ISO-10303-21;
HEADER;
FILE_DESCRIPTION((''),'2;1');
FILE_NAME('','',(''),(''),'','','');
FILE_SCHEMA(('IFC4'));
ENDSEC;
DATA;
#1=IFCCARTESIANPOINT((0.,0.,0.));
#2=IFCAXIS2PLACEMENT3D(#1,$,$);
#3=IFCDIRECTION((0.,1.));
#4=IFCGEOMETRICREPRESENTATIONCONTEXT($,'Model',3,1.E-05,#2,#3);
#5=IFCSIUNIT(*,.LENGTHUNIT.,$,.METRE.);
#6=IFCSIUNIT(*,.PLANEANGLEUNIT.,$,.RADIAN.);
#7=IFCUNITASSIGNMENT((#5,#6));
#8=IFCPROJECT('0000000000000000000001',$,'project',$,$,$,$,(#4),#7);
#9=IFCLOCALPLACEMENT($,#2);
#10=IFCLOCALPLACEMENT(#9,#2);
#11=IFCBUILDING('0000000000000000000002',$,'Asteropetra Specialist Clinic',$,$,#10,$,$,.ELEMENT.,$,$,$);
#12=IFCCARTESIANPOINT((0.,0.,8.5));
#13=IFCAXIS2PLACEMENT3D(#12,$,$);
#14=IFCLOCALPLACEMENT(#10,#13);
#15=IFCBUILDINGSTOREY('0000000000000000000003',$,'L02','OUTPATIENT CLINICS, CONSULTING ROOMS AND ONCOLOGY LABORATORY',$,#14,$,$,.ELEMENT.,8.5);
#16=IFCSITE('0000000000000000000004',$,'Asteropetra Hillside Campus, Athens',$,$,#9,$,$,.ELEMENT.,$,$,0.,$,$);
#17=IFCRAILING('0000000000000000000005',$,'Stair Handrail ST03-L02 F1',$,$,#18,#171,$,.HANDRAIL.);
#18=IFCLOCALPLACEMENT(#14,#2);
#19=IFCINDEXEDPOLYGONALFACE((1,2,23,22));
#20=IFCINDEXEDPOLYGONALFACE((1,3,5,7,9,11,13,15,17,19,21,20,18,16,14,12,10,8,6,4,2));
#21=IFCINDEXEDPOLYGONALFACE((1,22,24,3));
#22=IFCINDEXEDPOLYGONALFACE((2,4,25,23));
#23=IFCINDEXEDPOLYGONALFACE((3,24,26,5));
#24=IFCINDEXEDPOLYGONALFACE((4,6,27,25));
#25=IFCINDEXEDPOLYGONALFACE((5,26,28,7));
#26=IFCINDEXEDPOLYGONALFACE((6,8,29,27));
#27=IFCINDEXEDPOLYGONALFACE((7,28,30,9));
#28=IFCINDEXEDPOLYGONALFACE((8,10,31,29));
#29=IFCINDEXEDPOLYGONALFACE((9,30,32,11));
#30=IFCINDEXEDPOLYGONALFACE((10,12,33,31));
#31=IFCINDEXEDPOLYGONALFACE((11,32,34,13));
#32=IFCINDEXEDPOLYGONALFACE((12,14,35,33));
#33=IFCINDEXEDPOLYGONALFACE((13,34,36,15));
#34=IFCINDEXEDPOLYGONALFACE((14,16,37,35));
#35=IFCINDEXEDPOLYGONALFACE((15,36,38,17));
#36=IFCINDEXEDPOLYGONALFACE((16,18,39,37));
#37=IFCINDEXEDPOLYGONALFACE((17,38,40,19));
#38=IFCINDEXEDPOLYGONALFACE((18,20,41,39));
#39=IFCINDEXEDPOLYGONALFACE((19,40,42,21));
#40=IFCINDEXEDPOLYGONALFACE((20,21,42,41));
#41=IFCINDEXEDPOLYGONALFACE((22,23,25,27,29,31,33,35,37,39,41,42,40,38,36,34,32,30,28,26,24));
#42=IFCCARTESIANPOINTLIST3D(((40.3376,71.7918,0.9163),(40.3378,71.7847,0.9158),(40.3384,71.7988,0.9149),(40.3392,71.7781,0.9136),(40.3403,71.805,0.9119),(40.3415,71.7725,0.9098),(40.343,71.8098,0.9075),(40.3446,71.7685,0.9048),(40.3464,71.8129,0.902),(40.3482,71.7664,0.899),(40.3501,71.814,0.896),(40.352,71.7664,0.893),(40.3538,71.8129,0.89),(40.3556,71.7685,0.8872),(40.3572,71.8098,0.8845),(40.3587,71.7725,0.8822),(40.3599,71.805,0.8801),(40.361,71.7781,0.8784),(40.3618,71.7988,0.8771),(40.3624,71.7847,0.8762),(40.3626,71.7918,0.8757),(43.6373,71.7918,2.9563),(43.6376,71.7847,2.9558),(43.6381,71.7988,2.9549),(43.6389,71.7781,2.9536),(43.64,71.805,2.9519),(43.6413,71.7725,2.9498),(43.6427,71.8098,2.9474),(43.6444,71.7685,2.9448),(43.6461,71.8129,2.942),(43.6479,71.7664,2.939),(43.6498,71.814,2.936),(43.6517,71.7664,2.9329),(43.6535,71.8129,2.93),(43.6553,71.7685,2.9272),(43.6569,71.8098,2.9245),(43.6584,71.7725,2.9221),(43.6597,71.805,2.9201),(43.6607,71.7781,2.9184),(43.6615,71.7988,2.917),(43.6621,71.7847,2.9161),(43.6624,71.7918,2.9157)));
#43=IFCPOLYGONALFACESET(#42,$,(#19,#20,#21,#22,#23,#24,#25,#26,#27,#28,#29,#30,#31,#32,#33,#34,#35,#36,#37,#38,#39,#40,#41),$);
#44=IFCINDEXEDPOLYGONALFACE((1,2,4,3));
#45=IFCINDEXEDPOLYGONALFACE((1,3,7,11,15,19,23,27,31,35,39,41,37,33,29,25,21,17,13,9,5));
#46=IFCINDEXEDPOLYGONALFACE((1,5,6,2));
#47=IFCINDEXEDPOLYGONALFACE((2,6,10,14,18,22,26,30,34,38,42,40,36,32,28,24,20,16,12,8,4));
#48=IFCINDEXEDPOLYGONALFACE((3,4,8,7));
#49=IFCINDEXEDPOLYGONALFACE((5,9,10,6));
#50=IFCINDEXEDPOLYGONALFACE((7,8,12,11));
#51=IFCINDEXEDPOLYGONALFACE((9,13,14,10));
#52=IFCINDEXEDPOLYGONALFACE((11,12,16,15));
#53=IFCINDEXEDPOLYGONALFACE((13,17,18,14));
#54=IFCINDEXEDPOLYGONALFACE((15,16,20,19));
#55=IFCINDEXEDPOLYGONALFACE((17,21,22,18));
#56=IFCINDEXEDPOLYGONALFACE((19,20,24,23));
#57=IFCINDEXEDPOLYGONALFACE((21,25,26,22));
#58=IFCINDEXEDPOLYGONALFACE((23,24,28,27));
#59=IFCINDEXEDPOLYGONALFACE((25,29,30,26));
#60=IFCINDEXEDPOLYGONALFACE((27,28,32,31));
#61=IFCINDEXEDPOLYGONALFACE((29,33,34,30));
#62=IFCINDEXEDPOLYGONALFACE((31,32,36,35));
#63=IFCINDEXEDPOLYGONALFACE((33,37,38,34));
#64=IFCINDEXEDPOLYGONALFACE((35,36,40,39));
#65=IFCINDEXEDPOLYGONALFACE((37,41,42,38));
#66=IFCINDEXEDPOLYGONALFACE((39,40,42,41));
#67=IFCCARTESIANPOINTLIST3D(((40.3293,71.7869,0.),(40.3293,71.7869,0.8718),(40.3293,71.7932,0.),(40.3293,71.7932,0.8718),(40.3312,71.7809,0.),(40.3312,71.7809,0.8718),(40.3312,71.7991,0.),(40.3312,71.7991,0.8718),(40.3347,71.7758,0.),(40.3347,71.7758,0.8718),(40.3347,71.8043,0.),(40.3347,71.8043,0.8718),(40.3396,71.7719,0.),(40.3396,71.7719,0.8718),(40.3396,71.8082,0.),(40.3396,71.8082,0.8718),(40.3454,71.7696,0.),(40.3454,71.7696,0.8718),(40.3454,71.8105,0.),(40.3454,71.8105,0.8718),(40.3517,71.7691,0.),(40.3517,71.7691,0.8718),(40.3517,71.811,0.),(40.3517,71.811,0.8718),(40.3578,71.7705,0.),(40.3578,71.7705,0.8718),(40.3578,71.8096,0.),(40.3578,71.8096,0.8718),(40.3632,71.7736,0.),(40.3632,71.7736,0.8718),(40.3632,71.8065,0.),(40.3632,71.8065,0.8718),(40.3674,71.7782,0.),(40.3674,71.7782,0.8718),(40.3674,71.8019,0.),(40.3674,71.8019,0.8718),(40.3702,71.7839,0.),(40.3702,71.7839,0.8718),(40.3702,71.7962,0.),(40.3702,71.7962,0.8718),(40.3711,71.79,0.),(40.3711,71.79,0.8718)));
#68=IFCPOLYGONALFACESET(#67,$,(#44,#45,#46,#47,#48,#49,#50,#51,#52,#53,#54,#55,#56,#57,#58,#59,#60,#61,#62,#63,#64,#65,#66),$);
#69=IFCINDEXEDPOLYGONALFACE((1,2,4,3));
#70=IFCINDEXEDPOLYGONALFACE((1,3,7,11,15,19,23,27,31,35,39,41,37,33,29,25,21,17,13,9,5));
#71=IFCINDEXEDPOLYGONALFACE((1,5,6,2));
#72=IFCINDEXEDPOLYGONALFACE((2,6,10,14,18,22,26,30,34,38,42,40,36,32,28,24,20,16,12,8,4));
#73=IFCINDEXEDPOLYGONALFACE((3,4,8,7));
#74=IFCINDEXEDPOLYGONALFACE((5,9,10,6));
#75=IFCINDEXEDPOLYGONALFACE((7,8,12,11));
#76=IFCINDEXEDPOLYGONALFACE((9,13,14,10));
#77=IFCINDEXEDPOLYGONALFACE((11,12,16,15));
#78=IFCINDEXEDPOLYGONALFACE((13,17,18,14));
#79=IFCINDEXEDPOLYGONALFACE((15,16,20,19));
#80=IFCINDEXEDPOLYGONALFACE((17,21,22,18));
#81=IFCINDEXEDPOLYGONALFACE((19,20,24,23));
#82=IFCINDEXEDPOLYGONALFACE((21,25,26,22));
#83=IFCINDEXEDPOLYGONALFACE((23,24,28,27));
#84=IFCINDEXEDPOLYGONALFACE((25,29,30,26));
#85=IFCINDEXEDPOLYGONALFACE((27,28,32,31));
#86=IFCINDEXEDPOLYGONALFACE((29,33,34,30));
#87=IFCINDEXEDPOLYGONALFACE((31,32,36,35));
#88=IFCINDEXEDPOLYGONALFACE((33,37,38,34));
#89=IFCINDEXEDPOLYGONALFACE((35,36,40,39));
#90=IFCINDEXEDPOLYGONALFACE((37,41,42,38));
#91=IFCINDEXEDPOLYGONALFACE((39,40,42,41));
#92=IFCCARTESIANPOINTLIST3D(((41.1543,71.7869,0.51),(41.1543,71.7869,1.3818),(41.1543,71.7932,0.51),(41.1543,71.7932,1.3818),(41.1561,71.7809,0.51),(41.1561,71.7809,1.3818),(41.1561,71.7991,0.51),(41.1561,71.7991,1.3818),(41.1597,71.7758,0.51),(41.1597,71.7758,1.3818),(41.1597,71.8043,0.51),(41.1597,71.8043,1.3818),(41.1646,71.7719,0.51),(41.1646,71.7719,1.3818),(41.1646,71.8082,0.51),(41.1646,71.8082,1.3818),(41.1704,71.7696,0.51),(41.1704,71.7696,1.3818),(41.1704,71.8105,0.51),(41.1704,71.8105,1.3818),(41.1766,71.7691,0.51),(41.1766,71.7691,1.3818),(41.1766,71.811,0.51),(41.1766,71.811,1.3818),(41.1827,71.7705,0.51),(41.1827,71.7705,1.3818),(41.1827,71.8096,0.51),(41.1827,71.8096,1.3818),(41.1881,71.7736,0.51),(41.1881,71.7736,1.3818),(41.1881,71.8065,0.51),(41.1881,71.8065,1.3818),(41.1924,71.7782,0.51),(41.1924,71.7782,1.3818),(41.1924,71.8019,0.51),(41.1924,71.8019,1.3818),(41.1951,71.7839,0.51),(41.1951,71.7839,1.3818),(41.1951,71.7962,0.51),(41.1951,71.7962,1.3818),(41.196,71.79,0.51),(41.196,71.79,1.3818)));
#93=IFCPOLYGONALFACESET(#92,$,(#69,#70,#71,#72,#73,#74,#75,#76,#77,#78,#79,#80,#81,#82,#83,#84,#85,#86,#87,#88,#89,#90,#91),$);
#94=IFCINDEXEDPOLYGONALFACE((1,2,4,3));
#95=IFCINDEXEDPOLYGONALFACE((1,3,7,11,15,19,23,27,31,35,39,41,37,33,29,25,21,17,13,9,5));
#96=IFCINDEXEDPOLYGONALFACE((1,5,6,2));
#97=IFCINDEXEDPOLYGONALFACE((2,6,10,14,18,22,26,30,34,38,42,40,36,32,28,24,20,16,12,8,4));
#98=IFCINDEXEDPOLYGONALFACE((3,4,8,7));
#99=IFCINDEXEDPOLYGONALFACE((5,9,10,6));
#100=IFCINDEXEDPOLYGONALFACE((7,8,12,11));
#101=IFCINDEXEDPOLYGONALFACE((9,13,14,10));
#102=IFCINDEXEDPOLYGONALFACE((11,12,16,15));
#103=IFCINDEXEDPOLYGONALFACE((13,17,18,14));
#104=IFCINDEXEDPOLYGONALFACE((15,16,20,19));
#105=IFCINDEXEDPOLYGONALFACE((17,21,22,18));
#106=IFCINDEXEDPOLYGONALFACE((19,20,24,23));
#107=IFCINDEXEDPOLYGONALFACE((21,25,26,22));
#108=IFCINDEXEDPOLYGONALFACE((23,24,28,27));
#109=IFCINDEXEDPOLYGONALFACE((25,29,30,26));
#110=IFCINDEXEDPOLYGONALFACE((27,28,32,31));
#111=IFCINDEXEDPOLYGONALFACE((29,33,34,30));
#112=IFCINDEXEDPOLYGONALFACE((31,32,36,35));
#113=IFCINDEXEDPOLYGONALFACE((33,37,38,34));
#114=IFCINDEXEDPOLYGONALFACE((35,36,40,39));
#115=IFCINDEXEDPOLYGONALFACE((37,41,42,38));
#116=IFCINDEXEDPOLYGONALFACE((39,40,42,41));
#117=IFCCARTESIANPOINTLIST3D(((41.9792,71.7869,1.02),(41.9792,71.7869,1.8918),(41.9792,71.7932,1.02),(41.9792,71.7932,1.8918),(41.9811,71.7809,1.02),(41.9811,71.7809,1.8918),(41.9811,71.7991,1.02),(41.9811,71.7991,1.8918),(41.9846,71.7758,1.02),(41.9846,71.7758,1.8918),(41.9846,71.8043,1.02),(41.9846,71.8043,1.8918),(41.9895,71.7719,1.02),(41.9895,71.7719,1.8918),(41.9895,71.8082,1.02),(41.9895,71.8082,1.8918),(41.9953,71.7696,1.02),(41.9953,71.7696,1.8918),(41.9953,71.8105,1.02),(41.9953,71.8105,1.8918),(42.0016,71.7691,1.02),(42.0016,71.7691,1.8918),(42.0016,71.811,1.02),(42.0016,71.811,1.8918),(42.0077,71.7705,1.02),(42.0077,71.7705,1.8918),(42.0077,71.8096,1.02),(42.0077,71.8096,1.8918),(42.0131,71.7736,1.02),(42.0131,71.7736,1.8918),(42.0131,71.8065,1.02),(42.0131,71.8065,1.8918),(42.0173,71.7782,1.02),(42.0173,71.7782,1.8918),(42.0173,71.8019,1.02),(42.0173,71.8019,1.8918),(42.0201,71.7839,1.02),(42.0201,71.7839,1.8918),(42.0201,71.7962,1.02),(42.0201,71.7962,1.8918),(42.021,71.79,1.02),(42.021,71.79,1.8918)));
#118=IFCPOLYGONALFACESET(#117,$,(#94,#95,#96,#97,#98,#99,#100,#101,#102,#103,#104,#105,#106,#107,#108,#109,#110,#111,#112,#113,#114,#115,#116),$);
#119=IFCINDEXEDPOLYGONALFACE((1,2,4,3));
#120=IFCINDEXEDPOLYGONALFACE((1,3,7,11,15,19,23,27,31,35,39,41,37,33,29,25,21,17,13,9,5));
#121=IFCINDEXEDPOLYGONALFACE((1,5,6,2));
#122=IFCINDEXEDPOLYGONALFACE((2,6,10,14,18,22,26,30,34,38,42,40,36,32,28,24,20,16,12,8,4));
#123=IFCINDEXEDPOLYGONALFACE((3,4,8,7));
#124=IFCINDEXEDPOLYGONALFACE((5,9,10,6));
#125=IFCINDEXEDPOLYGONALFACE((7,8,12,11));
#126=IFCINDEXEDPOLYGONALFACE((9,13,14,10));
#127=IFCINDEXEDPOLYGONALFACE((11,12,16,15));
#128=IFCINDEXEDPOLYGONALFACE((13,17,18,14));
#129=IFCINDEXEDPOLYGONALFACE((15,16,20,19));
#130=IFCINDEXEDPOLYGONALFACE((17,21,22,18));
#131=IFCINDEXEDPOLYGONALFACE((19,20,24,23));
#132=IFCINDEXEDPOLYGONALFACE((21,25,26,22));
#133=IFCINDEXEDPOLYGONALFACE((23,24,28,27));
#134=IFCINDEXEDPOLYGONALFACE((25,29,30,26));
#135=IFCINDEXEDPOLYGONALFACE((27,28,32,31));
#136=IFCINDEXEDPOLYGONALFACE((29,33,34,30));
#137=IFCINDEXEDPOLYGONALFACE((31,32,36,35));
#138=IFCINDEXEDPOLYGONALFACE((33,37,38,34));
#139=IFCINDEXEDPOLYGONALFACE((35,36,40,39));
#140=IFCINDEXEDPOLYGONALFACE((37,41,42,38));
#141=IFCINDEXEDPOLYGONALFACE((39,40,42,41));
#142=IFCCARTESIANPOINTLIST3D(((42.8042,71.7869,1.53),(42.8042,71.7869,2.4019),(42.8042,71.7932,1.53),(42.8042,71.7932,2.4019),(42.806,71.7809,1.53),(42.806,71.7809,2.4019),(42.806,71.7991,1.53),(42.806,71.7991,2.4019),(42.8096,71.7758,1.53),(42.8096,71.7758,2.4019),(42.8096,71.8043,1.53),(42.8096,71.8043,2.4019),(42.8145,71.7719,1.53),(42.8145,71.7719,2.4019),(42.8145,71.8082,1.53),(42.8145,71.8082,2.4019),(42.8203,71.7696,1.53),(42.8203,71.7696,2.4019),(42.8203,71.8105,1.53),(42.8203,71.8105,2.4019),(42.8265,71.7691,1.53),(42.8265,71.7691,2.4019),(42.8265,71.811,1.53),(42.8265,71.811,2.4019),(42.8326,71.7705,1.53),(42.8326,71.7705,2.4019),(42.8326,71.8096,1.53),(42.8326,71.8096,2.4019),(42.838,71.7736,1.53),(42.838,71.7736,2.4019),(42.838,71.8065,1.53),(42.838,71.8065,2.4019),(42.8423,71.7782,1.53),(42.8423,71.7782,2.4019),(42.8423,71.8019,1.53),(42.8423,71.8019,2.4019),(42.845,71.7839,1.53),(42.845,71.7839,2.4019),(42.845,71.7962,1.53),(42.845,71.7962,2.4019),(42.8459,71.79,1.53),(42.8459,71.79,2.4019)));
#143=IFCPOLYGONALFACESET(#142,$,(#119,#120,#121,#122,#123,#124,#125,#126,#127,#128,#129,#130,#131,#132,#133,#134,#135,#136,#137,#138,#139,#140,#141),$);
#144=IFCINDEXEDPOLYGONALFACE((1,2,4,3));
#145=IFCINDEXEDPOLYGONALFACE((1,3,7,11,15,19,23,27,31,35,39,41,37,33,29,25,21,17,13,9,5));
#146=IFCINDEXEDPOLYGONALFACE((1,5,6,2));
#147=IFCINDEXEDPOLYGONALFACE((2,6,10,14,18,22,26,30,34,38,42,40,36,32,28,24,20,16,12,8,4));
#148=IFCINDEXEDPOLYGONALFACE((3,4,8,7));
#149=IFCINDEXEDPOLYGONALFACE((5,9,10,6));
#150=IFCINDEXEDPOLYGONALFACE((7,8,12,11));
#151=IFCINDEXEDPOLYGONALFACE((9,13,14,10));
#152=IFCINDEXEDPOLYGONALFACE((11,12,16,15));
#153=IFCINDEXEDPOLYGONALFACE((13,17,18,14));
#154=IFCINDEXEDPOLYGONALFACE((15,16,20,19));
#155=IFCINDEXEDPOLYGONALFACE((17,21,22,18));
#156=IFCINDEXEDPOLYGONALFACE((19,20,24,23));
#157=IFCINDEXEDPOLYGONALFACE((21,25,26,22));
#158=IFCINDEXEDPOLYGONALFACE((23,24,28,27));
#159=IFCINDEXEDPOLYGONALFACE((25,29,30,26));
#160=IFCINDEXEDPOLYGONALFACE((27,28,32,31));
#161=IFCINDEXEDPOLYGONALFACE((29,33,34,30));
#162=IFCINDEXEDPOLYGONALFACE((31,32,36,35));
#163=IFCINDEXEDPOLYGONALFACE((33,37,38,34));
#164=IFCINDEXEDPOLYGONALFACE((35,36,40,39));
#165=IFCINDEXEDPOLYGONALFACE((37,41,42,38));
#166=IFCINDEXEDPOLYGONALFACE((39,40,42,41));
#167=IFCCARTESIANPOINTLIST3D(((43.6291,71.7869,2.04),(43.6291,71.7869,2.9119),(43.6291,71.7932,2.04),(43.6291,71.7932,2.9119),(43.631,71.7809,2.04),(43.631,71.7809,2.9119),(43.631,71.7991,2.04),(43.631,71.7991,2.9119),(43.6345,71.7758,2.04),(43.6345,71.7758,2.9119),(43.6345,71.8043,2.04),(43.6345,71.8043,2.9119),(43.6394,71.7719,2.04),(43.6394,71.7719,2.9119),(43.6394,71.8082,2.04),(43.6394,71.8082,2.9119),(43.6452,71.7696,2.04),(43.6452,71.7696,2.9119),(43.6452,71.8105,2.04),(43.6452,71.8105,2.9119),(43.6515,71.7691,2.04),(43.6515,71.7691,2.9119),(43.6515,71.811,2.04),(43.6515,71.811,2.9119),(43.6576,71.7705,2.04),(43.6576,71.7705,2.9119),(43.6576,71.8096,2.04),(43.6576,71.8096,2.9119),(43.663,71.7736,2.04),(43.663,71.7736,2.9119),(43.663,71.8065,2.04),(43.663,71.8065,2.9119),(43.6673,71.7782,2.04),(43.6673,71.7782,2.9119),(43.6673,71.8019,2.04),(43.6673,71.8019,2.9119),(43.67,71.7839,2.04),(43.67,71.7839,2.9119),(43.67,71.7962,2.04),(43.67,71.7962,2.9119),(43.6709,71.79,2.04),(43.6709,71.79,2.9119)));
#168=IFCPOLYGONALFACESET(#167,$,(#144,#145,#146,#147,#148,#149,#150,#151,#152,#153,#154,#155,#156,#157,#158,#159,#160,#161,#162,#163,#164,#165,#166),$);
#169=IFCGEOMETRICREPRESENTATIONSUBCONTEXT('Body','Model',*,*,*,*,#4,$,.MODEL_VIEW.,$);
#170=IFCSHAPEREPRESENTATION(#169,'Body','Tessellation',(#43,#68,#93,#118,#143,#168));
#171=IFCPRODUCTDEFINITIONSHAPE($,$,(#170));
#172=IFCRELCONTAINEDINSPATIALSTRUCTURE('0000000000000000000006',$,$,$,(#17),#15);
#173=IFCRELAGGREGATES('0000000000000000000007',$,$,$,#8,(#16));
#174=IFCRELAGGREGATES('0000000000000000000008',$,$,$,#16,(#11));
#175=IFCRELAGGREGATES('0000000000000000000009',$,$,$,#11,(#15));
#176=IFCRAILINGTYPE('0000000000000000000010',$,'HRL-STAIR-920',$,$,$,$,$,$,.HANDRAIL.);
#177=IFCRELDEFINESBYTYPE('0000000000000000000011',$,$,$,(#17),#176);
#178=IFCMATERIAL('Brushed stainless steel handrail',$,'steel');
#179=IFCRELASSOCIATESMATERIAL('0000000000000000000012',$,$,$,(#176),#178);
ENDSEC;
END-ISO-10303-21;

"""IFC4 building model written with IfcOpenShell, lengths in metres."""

from ifc_helpers import new_model, si_unit, direction, frame, origin, origin_2d, place, context, subcontext, project, spatial, circle, extrude, material, type_object, element, save


model = new_model("IFC4")

# Units and contexts
model_context = context("Model", 3, precision=1e-05, world=origin(), true_north=direction((0.0, 1.0)))
body_context = subcontext(model_context, "Body", "Model", "MODEL_VIEW")
ifc_project = project(units=[si_unit("LENGTHUNIT", "METRE"), si_unit("PLANEANGLEUNIT", "RADIAN")], contexts=[model_context])

# Site, building, storey
site_placement = place(None, origin())
site = spatial("IfcSite", under=ifc_project, at=site_placement, Name="Asteropetra Hillside Campus, Athens", CompositionType="ELEMENT", RefElevation=0.0)
building_placement = place(site_placement, origin())
building = spatial("IfcBuilding", under=site, at=building_placement, Name="Asteropetra Specialist Clinic", CompositionType="ELEMENT")
storey_placement = place(building_placement, frame((0.0, 0.0, 8.5)))
storey = spatial("IfcBuildingStorey", under=building, at=storey_placement, Name="L02", Description="OUTPATIENT CLINICS, CONSULTING ROOMS AND ONCOLOGY LABORATORY", CompositionType="ELEMENT", Elevation=8.5)

# Railing
ifc_material_1 = material(Name="Brushed stainless steel handrail", Category="steel")
railing_type_1 = type_object("IfcRailingType", Name="HRL-STAIR-920", PredefinedType="HANDRAIL", material=ifc_material_1)
railing_1_placement = place(storey_placement, frame((40.3501, 71.79, 0.0)))
element("IfcRailing", 1, at=railing_1_placement, inside=storey, type_object=railing_type_1, Name="Stair Handrail ST03-L02 F1", PredefinedType="HANDRAIL", context=body_context, shape_type="SweptSolid", body=[
    extrude(circle(Radius=0.0239, at=origin_2d()), frame((0.0, 0.0, 0.896), z_axis=(0.850576, 0.0, 0.525852), x_axis=(0.0, 1.0, 0.0)), (0.0, 0.0, 1.0), 3.8794),
    extrude(circle(Radius=0.021, at=origin_2d()), origin(), (0.0, 0.0, 1.0), 0.8718),
    extrude(circle(Radius=0.021, at=origin_2d()), frame((0.825, 0.0, 0.51)), (0.0, 0.0, 1.0), 0.8718),
    extrude(circle(Radius=0.021, at=origin_2d()), frame((1.6499, 0.0, 1.02)), (0.0, 0.0, 1.0), 0.8718),
    extrude(circle(Radius=0.021, at=origin_2d()), frame((2.4749, 0.0, 1.53)), (0.0, 0.0, 1.0), 0.8718),
    extrude(circle(Radius=0.021, at=origin_2d()), frame((3.2998, 0.0, 2.04)), (0.0, 0.0, 1.0), 0.8718),
])

save(model, "model.ifc")
